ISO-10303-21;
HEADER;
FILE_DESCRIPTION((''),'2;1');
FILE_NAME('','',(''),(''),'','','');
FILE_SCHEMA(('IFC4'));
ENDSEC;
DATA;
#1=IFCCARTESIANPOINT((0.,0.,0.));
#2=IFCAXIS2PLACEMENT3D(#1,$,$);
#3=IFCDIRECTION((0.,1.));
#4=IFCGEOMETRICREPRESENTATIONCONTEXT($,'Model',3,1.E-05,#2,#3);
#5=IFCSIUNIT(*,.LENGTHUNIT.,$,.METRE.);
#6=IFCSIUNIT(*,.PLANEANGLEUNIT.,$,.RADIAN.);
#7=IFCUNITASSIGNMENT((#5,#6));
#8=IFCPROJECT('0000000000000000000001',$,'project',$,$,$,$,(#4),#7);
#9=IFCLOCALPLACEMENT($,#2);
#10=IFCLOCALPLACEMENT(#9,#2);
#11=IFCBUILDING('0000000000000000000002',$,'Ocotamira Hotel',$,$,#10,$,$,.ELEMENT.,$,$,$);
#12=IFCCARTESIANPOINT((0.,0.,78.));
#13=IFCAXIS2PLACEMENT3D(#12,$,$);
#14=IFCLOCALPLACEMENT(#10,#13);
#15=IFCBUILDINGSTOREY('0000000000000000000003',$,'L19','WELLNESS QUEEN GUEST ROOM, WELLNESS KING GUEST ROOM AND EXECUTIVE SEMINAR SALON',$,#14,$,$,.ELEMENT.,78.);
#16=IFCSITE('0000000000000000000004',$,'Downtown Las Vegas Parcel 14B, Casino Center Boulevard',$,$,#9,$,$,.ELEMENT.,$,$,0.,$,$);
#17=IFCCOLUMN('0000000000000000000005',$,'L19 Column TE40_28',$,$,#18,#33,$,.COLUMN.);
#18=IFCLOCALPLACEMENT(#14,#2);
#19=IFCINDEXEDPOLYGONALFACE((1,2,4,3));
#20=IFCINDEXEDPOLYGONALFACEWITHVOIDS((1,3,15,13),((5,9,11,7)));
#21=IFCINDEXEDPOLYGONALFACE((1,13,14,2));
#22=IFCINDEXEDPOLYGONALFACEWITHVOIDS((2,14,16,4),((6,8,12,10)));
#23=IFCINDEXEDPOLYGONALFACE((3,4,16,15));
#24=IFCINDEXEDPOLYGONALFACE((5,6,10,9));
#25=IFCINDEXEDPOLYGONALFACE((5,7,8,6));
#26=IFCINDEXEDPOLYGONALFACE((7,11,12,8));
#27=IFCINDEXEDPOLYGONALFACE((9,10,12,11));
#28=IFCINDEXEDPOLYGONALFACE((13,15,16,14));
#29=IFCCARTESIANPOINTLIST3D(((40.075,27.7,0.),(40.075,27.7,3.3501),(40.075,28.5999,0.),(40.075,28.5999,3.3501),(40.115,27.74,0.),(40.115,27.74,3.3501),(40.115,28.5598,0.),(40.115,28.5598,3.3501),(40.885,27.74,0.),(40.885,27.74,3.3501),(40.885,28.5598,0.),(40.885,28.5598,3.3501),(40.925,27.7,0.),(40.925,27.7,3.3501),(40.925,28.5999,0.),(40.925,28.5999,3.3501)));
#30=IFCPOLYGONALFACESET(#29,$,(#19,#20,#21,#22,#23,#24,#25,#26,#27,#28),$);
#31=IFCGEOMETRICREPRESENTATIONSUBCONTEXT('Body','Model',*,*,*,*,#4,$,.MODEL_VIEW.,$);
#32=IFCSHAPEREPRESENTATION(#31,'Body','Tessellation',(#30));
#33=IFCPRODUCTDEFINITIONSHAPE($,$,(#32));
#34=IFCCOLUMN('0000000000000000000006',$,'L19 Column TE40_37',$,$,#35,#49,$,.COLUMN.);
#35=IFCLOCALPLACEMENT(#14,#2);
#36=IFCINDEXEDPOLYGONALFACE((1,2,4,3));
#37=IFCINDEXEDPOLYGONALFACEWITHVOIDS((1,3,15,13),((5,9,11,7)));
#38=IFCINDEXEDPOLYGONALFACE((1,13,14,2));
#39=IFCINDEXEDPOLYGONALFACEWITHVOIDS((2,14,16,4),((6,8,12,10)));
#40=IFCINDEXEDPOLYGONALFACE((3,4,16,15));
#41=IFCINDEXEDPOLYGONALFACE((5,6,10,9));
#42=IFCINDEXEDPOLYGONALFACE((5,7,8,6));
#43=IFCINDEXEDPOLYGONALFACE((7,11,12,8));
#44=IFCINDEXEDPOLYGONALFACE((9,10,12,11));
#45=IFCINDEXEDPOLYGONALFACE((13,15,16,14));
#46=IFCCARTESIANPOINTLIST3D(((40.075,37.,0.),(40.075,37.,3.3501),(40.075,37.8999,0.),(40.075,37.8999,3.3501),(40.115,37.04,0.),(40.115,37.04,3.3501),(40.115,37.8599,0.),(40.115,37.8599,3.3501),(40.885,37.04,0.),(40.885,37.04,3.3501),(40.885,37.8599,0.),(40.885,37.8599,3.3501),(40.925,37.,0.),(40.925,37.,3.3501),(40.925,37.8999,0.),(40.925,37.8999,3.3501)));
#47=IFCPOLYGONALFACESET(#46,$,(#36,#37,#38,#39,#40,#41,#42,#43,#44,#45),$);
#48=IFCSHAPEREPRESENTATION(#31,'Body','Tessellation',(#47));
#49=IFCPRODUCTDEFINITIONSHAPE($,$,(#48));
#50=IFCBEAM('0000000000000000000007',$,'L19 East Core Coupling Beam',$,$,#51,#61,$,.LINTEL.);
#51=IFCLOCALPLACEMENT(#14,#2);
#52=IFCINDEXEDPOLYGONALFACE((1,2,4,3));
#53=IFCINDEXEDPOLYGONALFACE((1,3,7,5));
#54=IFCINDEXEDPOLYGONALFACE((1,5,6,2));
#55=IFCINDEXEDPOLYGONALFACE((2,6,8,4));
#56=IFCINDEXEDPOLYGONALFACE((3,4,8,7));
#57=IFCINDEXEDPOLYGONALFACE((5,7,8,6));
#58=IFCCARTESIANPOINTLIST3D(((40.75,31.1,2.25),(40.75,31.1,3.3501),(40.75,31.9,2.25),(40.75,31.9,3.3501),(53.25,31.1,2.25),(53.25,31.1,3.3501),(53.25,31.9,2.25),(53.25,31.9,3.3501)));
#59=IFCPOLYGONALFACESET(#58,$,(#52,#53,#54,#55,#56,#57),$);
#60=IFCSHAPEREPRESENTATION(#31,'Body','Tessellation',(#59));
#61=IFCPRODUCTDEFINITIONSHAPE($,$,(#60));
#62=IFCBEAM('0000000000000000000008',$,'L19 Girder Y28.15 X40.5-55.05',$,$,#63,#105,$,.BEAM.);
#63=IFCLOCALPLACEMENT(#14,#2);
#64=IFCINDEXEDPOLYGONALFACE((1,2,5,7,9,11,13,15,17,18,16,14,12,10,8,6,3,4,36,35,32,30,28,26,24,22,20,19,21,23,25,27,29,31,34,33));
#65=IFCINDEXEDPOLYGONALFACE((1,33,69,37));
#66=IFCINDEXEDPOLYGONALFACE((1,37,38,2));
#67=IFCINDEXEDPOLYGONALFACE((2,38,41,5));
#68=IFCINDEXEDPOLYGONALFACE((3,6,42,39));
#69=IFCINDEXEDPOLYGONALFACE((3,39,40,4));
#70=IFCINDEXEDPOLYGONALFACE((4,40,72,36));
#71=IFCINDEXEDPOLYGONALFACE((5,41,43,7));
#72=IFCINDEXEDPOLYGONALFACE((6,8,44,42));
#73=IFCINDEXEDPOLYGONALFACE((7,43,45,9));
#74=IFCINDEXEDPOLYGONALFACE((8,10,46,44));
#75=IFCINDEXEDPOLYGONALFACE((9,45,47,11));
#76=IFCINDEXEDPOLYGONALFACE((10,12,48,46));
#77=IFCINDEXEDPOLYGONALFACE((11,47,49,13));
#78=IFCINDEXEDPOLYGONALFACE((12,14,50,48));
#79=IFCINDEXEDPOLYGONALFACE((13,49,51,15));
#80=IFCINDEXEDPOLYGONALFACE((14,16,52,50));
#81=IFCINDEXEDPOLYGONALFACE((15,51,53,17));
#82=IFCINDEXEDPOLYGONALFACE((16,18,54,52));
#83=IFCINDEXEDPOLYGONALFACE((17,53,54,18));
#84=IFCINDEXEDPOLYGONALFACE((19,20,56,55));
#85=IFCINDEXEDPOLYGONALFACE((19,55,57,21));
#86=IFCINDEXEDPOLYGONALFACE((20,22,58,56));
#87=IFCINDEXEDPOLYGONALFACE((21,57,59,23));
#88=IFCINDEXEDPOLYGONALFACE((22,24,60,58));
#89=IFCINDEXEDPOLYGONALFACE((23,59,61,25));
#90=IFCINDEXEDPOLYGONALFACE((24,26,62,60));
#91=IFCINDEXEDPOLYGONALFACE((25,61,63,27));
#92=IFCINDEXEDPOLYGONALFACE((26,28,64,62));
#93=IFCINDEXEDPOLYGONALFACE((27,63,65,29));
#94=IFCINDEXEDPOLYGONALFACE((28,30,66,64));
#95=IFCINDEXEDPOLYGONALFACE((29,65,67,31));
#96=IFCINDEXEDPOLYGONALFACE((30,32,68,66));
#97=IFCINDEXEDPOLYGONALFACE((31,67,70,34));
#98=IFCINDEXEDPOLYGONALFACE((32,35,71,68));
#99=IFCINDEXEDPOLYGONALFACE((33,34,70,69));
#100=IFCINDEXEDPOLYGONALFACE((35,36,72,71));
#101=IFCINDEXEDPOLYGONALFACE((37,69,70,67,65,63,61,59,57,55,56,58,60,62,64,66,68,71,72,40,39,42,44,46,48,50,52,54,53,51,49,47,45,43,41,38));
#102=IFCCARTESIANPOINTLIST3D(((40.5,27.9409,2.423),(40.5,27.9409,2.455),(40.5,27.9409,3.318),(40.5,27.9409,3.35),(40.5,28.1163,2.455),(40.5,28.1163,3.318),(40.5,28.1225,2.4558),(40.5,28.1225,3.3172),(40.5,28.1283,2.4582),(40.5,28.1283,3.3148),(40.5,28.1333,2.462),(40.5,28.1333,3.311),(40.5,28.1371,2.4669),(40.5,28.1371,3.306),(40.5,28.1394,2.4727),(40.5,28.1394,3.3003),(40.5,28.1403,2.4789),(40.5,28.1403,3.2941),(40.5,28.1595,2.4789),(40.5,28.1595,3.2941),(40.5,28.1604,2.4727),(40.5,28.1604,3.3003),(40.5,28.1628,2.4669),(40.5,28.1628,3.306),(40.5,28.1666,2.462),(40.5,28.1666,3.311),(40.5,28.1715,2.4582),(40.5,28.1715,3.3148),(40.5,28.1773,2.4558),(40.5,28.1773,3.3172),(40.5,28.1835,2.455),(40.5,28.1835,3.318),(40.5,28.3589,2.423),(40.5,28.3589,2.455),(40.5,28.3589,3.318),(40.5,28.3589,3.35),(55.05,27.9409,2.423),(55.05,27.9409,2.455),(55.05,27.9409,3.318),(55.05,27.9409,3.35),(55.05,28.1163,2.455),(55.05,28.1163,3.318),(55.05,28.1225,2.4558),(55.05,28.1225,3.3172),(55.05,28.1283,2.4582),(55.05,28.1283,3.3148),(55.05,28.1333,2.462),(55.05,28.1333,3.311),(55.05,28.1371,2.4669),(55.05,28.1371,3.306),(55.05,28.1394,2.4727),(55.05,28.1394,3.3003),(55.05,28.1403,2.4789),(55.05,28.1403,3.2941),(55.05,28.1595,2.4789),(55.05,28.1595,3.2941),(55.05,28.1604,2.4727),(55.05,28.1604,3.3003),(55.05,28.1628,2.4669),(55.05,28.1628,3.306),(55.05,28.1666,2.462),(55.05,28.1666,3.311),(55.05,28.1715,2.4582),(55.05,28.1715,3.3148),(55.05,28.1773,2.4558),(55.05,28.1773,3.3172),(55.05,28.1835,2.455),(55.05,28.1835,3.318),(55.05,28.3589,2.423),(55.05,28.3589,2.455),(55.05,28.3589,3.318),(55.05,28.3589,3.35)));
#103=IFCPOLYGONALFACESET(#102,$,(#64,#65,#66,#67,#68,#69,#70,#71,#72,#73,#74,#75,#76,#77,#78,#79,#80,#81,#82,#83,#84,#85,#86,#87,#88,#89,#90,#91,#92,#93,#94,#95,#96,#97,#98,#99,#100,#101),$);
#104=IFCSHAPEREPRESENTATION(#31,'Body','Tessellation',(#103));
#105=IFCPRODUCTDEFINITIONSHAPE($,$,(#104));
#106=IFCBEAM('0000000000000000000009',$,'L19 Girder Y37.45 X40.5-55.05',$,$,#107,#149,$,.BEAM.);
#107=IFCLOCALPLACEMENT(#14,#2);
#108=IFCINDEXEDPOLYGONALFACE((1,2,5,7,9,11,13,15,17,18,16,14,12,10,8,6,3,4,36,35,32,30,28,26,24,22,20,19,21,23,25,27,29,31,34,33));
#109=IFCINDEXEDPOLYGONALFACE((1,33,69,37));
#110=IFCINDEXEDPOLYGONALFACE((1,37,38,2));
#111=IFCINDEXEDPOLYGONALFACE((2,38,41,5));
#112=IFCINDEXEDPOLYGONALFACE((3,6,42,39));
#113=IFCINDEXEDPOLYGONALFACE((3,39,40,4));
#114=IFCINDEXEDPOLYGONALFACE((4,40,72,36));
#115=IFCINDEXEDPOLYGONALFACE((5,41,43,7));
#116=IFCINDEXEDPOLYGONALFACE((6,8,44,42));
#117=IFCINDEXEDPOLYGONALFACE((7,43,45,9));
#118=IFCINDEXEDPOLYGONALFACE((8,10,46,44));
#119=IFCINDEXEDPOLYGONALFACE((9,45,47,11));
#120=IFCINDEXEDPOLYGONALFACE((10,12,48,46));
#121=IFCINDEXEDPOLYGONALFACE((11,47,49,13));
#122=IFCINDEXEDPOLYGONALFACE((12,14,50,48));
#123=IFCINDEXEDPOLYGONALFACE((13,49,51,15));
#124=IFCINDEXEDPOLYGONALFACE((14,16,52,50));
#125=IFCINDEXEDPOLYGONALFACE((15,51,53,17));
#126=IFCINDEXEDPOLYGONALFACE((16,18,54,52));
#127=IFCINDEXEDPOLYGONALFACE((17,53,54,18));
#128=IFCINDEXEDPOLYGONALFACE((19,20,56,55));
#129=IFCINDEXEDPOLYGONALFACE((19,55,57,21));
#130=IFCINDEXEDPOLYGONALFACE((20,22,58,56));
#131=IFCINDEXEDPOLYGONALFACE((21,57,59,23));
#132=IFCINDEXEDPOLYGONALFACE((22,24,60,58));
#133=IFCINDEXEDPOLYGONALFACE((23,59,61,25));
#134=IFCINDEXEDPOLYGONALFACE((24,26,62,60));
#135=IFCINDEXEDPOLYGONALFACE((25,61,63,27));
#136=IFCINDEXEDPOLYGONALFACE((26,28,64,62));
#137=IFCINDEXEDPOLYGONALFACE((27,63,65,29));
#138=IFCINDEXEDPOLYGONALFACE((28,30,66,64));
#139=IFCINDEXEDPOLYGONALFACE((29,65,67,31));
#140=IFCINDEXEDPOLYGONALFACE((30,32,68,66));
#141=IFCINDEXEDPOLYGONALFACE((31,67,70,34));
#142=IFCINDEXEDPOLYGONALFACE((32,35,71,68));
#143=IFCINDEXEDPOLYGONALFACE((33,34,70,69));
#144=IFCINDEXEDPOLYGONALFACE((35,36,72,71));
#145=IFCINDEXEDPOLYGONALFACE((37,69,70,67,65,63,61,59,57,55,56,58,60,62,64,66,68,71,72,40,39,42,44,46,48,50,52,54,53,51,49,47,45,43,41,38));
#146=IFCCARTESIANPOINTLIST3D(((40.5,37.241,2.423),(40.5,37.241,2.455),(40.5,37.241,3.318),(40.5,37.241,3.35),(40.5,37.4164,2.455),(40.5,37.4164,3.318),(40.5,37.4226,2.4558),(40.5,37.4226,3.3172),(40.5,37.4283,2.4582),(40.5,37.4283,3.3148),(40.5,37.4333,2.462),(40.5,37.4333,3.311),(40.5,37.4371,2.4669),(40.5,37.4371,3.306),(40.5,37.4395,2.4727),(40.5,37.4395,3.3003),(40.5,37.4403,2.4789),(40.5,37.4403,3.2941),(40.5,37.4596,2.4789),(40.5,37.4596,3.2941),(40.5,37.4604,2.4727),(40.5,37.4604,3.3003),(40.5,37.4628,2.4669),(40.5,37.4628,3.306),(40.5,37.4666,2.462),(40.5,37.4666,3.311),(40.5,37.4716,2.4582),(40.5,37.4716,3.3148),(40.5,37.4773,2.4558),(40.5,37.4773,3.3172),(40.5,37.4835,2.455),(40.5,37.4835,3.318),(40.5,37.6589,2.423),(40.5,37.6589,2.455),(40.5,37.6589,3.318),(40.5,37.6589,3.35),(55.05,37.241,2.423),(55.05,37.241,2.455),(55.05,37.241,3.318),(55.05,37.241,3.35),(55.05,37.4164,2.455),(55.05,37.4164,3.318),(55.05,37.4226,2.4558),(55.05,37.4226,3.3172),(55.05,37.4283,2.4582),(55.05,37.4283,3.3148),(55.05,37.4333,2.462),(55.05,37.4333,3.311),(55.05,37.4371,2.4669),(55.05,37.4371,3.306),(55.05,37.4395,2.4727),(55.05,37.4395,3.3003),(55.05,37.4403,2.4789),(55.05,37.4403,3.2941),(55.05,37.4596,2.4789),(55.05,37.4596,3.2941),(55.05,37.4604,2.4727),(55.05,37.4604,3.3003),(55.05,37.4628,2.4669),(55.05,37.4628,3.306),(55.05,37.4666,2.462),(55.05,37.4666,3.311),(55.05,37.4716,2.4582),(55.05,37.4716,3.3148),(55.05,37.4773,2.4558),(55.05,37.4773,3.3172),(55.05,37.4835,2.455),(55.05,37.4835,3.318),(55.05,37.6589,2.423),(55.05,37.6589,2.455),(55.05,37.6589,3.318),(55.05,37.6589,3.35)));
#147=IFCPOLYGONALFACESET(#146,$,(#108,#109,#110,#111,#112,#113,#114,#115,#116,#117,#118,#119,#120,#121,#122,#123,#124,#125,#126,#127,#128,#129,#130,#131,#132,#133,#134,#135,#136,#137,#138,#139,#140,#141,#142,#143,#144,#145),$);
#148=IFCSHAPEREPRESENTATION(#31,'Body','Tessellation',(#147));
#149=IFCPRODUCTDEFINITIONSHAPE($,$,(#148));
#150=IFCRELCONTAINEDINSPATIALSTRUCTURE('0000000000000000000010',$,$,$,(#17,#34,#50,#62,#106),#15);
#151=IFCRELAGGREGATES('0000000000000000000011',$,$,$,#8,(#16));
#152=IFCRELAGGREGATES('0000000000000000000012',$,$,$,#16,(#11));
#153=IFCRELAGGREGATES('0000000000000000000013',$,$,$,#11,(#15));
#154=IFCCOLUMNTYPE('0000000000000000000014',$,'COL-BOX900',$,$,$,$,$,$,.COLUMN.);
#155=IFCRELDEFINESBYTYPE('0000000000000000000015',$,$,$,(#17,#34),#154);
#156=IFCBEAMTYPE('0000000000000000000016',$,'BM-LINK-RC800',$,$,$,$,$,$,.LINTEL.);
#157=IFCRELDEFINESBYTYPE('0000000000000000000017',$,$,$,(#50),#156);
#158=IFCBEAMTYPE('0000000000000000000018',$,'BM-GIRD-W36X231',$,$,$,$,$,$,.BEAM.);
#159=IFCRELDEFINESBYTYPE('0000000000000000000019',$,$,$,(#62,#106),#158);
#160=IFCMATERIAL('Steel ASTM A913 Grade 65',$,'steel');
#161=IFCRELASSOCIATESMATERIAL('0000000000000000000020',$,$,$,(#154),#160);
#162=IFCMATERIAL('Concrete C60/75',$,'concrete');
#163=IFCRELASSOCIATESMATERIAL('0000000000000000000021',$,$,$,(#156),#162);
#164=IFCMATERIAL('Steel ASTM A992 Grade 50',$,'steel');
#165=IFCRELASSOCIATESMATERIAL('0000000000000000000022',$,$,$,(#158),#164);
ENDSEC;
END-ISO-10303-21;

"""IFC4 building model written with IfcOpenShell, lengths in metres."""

from ifc_helpers import new_model, si_unit, direction, frame, origin, origin_2d, place, context, subcontext, project, spatial, rectangle, hollow_rectangle, i_section, extrude, source, transform, mapped, material, material_profile, profile_set, type_object, element, save


model = new_model("IFC4")

# Units and contexts
model_context = context("Model", 3, precision=1e-05, world=origin(), true_north=direction((0.0, 1.0)))
body_context = subcontext(model_context, "Body", "Model", "MODEL_VIEW")
ifc_project = project(units=[si_unit("LENGTHUNIT", "METRE"), si_unit("PLANEANGLEUNIT", "RADIAN")], contexts=[model_context])

# Site, building, storey
site_placement = place(None, origin())
site = spatial("IfcSite", under=ifc_project, at=site_placement, Name="Downtown Las Vegas Parcel 14B, Casino Center Boulevard", CompositionType="ELEMENT", RefElevation=0.0)
building_placement = place(site_placement, origin())
building = spatial("IfcBuilding", under=site, at=building_placement, Name="Ocotamira Hotel", CompositionType="ELEMENT")
storey_placement = place(building_placement, frame((0.0, 0.0, 78.0)))
storey = spatial("IfcBuildingStorey", under=building, at=storey_placement, Name="L19", Description="WELLNESS QUEEN GUEST ROOM, WELLNESS KING GUEST ROOM AND EXECUTIVE SEMINAR SALON", CompositionType="ELEMENT", Elevation=78.0)

# Columns
ifc_material_1 = material(Name="Steel ASTM A913 Grade 65", Category="steel")
ifc_material_profile_1 = material_profile(ifc_material_1, hollow_rectangle(XDim=0.8501, YDim=0.8999, WallThickness=0.04, at=origin_2d()), Name="BOX900X850X40")
ifc_profile_set_1 = profile_set([ifc_material_profile_1], Name="Steel ASTM A913 Grade 65")
column_type = type_object("IfcColumnType", Name="COL-BOX900", PredefinedType="COLUMN", material=ifc_profile_set_1)
shared_shape_1 = source(origin(), body_context, "Body", "SweptSolid", [
    extrude(hollow_rectangle(XDim=0.8501, YDim=0.8999, WallThickness=0.04, at=origin_2d()), origin(), (0.0, 0.0, 1.0), 3.3501),
])
for number, where, z_axis, x_axis, name in (
    (1, (40.5, 28.1499, 0.0), (0.0, 0.0, 1.0), (1.0, 0.0, 0.0), "L19 Column TE40_28"),
    (2, (40.5, 37.45, 0.0), (0.0, 0.0, 1.0), (1.0, 0.0, 0.0), "L19 Column TE40_37"),
):
    element("IfcColumn", number, at=place(storey_placement, frame(where, z_axis=z_axis, x_axis=x_axis)), inside=storey, type_object=column_type, Name=name, PredefinedType="COLUMN", context=body_context, shape_type="MappedRepresentation", body=[
        mapped(shared_shape_1, transform((0.0, 0.0, 0.0), scale=1.0)),
    ])

# Beams
ifc_material_2 = material(Name="Concrete C60/75", Category="concrete")
ifc_material_profile_2 = material_profile(ifc_material_2, rectangle(XDim=0.8, YDim=1.1001, at=origin_2d()), Name="RC800X1100")
ifc_profile_set_2 = profile_set([ifc_material_profile_2], Name="Concrete C60/75")
beam_type_1 = type_object("IfcBeamType", Name="BM-LINK-RC800", PredefinedType="LINTEL", material=ifc_profile_set_2)
shared_shape_2 = source(origin(), body_context, "Body", "SweptSolid", [
    extrude(rectangle(XDim=0.8, YDim=1.1001, at=origin_2d()), origin(), (0.0, 0.0, 1.0), 12.5),
])
beam_1_placement = place(storey_placement, frame((40.75, 31.5, 2.8), z_axis=(1.0, 0.0, 0.0), x_axis=(0.0, 1.0, 0.0)))
element("IfcBeam", 3, at=beam_1_placement, inside=storey, type_object=beam_type_1, Name="L19 East Core Coupling Beam", PredefinedType="LINTEL", context=body_context, shape_type="MappedRepresentation", body=[
    mapped(shared_shape_2, transform((0.0, 0.0, 0.0), scale=1.0)),
])
ifc_material_3 = material(Name="Steel ASTM A992 Grade 50", Category="steel")
ifc_material_profile_3 = material_profile(ifc_material_3, i_section(OverallWidth=0.418, OverallDepth=0.927, WebThickness=0.0193, FlangeThickness=0.032, FilletRadius=0.0239, at=origin_2d()), Name="W36X231")
ifc_profile_set_3 = profile_set([ifc_material_profile_3], Name="Steel ASTM A992 Grade 50")
beam_type_2 = type_object("IfcBeamType", Name="BM-GIRD-W36X231", PredefinedType="BEAM", material=ifc_profile_set_3)
shared_shape_3 = source(origin(), body_context, "Body", "SweptSolid", [
    extrude(i_section(OverallWidth=0.418, OverallDepth=0.927, WebThickness=0.0193, FlangeThickness=0.032, FilletRadius=0.0239, at=origin_2d()), origin(), (0.0, 0.0, 1.0), 14.55),
])
for number, where, z_axis, x_axis, name in (
    (4, (40.5, 28.1499, 2.8865), (1.0, 0.0, 0.0), (0.0, 1.0, 0.0), "L19 Girder Y28.15 X40.5-55.05"),
    (5, (40.5, 37.45, 2.8865), (1.0, 0.0, 0.0), (0.0, 1.0, 0.0), "L19 Girder Y37.45 X40.5-55.05"),
):
    element("IfcBeam", number, at=place(storey_placement, frame(where, z_axis=z_axis, x_axis=x_axis)), inside=storey, type_object=beam_type_2, Name=name, PredefinedType="BEAM", context=body_context, shape_type="MappedRepresentation", body=[
        mapped(shared_shape_3, transform((0.0, 0.0, 0.0), scale=1.0)),
    ])

save(model, "model.ifc")
